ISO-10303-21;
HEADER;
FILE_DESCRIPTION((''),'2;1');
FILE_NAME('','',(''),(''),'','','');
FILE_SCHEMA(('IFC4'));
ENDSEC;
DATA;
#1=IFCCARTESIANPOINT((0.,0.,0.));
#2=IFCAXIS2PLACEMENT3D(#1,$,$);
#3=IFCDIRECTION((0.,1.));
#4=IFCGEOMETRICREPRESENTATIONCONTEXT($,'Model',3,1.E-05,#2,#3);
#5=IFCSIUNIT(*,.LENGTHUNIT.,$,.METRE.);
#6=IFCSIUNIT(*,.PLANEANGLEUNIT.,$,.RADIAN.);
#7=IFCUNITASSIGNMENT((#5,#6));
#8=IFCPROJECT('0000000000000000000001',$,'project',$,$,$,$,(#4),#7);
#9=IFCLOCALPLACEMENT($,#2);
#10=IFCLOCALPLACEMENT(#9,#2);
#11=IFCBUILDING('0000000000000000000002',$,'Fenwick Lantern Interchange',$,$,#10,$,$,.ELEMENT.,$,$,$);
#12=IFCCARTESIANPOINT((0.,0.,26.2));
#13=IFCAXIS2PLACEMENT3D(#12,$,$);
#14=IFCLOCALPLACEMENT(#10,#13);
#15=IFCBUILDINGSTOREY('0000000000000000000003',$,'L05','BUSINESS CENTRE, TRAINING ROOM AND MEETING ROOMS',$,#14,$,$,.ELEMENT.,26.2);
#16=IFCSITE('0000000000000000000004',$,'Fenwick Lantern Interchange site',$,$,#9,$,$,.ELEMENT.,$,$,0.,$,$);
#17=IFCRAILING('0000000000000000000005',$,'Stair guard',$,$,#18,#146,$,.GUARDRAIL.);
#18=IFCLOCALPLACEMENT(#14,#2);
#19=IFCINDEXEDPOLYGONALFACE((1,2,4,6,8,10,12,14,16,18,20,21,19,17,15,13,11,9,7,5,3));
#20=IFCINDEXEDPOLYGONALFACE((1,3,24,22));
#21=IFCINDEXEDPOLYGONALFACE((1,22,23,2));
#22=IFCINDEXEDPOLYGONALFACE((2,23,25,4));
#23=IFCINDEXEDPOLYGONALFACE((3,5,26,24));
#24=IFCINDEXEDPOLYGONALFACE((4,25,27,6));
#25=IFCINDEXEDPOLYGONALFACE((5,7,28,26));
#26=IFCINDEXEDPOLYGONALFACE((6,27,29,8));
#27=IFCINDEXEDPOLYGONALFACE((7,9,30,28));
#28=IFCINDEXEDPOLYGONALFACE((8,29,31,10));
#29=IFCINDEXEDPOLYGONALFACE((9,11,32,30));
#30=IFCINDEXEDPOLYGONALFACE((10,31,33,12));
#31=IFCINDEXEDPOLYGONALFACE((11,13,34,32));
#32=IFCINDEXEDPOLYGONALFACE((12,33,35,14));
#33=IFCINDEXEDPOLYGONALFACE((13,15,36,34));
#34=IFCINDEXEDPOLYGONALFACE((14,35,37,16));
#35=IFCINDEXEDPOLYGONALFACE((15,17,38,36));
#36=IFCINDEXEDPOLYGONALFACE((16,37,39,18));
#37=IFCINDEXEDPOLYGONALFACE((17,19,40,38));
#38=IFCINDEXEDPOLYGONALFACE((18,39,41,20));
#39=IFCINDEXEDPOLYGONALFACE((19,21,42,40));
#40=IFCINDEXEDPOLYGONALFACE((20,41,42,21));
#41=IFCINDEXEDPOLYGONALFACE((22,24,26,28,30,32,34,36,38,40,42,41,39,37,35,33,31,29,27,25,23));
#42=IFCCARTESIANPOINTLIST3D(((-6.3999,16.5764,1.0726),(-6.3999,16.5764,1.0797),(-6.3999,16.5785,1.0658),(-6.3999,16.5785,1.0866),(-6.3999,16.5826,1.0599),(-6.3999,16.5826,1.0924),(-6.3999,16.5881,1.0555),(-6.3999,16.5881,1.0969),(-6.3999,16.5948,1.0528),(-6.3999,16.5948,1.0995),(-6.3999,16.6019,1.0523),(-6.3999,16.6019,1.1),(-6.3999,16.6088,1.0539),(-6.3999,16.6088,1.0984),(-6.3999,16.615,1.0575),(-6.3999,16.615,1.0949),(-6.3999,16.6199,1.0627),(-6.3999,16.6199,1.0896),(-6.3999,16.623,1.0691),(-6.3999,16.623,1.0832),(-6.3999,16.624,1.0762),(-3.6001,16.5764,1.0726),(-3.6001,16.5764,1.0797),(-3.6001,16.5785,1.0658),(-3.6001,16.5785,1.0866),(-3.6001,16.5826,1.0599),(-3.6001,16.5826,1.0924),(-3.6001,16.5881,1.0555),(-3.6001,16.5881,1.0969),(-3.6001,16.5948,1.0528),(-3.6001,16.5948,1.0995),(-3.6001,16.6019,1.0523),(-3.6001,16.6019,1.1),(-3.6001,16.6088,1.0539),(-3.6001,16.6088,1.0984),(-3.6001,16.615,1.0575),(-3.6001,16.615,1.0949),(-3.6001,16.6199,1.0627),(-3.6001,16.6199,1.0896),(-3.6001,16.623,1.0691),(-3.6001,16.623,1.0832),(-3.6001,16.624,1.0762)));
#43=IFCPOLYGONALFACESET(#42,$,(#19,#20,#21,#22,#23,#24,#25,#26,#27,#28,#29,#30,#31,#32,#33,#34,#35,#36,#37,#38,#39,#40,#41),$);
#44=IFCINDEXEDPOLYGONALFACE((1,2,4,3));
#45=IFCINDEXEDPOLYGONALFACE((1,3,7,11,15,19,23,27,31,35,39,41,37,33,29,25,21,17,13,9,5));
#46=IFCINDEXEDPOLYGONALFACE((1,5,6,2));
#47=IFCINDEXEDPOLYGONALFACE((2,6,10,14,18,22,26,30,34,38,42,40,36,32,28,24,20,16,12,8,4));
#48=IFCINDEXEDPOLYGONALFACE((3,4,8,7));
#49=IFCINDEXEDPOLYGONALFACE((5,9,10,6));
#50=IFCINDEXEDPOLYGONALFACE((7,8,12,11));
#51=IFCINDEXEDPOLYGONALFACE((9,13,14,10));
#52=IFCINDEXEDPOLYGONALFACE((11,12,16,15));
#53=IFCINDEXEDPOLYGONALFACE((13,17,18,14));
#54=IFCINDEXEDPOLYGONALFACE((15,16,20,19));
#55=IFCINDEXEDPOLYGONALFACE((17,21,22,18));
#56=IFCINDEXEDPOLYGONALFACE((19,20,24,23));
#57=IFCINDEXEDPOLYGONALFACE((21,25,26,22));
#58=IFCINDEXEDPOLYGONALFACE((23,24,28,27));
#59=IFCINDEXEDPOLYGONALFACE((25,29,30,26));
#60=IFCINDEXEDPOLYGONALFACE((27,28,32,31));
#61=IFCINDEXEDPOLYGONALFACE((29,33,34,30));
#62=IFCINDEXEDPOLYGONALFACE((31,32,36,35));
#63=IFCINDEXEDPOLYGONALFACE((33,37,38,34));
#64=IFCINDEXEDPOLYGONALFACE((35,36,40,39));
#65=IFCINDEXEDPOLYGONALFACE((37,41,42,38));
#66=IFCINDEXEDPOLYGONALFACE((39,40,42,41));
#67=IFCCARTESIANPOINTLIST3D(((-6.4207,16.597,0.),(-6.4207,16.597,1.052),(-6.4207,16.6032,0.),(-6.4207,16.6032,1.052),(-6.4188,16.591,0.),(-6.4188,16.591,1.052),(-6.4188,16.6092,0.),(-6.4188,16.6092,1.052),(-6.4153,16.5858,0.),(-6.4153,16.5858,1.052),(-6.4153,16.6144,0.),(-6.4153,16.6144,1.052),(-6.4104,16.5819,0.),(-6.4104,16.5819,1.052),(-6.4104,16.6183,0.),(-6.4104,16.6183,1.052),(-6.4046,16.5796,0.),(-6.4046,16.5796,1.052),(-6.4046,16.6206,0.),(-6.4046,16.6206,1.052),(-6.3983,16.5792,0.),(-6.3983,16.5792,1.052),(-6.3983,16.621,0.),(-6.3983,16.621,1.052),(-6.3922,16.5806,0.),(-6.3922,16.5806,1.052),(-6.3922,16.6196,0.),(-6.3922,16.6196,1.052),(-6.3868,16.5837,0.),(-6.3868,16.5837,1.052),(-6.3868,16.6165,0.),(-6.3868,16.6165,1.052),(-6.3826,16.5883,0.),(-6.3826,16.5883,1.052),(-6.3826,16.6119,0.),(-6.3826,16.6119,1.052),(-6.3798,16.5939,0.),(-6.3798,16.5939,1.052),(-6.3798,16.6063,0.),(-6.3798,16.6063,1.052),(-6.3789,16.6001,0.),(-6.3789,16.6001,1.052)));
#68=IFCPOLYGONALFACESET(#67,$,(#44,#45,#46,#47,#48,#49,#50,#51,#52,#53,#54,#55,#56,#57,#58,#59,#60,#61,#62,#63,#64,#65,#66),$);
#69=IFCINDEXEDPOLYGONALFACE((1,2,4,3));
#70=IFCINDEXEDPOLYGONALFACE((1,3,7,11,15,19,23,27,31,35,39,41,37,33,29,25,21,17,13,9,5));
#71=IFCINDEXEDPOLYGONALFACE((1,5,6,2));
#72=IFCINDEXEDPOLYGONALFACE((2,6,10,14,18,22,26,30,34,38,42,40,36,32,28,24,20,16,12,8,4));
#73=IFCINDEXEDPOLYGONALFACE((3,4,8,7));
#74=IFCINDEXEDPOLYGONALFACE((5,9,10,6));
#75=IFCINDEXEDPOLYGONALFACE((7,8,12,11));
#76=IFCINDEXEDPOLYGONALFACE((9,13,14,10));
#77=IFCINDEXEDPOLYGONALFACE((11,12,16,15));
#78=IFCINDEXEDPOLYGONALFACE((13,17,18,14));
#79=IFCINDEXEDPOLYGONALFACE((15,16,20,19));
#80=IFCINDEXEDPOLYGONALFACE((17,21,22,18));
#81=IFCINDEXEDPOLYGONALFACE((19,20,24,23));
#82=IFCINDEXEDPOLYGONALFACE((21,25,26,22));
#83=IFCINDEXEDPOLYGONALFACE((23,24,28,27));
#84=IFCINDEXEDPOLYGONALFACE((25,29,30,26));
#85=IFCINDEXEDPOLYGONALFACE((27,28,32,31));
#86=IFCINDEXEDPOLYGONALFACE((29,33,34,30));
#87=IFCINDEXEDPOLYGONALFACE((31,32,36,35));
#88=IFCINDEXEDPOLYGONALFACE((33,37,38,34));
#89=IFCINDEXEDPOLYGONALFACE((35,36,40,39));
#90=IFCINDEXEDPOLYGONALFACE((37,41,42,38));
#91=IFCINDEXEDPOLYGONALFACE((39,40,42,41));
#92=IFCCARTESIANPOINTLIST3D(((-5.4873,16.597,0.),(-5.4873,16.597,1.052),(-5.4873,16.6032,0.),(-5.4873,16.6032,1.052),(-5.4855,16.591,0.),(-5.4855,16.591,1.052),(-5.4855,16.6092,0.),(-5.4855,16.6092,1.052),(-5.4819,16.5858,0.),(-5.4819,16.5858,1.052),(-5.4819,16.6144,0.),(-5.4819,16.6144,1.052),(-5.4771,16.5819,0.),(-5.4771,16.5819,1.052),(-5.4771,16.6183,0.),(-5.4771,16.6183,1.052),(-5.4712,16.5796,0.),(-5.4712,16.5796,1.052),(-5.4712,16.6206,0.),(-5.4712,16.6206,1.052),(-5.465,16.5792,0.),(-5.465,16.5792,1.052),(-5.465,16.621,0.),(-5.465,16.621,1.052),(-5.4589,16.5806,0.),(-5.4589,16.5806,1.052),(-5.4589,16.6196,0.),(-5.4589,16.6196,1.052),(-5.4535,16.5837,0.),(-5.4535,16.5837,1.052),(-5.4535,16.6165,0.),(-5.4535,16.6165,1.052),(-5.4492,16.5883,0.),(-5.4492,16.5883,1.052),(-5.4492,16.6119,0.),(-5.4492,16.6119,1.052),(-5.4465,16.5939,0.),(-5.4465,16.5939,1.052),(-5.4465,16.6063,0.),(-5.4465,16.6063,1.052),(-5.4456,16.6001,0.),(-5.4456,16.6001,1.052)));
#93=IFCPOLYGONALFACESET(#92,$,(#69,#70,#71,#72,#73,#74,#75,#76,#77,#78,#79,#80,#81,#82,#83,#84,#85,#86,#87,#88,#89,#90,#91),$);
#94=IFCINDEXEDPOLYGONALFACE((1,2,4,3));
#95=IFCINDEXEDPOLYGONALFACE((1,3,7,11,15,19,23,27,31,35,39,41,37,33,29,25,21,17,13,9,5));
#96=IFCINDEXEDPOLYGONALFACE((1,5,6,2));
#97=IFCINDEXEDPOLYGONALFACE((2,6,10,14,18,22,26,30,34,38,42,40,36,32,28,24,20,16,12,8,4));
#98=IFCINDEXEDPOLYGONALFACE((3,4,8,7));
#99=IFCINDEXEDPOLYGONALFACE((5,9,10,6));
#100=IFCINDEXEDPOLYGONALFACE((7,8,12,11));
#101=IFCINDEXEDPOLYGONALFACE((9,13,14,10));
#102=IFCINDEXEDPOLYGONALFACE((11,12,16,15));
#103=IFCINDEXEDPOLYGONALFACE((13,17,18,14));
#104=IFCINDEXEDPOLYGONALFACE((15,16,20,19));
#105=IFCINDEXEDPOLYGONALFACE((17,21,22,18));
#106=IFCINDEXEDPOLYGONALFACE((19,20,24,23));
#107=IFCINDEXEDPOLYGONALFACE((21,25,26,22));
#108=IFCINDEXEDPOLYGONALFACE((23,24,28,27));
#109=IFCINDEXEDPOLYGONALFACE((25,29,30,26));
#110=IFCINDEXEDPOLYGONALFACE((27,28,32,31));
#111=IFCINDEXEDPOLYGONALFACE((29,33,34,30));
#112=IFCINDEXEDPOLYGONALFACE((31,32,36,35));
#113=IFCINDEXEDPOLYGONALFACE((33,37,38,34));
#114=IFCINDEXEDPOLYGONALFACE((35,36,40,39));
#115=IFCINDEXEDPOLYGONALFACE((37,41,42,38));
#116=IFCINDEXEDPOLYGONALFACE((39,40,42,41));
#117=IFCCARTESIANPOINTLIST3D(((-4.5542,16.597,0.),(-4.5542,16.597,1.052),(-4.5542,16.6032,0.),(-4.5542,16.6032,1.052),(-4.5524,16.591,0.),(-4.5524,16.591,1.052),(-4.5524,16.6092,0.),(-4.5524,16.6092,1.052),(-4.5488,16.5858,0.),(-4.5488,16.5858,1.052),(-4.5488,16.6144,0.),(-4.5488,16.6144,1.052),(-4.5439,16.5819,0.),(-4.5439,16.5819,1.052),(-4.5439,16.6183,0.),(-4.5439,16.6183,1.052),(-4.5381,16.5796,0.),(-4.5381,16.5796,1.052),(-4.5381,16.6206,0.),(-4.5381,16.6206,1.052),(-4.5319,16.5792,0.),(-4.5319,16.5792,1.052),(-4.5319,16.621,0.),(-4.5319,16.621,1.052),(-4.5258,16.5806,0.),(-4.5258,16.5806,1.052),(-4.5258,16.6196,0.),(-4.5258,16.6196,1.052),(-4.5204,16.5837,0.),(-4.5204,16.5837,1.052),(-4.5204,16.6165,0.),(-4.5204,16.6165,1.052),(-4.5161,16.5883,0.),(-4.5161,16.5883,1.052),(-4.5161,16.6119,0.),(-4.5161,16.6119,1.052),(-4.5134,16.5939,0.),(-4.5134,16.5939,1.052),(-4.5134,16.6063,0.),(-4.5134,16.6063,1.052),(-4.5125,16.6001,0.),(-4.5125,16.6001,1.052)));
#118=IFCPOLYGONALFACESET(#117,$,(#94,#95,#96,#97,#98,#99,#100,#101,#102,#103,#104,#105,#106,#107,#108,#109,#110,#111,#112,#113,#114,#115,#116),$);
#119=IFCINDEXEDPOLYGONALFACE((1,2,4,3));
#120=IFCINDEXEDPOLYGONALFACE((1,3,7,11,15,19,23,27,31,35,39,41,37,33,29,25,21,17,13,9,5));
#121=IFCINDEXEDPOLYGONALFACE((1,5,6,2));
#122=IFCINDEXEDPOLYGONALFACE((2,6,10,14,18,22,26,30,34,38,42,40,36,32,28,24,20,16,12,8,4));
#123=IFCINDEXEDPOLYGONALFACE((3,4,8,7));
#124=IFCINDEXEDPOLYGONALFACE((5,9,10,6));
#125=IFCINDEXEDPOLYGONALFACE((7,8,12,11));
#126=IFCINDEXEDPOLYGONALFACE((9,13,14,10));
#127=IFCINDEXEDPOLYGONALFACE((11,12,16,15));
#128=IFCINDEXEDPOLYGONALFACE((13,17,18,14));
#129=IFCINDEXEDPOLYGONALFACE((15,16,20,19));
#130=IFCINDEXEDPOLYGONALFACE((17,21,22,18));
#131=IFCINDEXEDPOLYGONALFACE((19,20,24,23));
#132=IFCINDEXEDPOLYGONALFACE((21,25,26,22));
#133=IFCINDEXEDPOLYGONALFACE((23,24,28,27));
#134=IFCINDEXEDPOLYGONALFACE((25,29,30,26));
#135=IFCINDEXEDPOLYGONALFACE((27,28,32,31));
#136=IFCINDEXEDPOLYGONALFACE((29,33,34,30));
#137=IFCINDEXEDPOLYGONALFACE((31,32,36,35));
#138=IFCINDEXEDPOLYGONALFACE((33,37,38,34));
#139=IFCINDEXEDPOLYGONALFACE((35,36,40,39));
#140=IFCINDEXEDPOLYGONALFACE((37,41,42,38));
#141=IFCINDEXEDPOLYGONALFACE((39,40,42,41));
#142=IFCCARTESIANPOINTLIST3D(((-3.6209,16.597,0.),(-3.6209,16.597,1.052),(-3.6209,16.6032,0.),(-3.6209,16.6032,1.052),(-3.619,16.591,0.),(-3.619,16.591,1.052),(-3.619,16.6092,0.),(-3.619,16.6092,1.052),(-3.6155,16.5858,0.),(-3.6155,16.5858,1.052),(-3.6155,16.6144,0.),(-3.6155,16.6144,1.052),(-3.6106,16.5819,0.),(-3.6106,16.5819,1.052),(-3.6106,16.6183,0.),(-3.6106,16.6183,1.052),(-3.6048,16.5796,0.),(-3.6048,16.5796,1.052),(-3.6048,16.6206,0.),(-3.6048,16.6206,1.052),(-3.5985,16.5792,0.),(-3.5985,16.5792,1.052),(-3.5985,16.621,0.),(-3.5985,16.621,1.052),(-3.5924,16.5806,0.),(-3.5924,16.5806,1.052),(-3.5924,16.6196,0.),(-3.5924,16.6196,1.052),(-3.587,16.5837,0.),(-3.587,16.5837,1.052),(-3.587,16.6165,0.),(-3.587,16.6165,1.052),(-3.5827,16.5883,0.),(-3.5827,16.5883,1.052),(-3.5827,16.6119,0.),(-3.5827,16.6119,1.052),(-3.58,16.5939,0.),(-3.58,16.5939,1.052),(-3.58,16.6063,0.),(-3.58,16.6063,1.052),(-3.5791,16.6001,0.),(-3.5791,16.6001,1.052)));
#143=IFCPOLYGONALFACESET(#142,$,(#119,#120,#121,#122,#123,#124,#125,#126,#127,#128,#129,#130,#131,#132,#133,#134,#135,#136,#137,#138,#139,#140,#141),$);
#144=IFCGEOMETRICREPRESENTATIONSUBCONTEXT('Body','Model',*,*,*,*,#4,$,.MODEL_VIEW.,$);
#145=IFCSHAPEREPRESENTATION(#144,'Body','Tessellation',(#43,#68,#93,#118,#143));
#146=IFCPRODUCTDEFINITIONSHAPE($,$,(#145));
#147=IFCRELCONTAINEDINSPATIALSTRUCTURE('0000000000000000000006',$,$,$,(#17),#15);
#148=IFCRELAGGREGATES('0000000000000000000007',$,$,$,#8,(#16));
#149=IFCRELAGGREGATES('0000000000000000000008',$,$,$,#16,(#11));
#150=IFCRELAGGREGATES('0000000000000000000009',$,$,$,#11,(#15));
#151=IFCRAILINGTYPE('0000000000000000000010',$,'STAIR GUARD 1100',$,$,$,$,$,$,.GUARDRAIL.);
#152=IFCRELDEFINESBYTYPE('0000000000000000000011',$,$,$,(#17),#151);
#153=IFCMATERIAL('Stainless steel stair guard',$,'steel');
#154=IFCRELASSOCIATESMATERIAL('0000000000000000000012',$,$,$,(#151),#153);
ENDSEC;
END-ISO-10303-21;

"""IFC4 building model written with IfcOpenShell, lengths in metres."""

from ifc_helpers import new_model, si_unit, direction, frame, origin, origin_2d, place, context, subcontext, project, spatial, circle, extrude, material, type_object, element, save


model = new_model("IFC4")

# Units and contexts
model_context = context("Model", 3, precision=1e-05, world=origin(), true_north=direction((0.0, 1.0)))
body_context = subcontext(model_context, "Body", "Model", "MODEL_VIEW")
ifc_project = project(units=[si_unit("LENGTHUNIT", "METRE"), si_unit("PLANEANGLEUNIT", "RADIAN")], contexts=[model_context])

# Site, building, storey
site_placement = place(None, origin())
site = spatial("IfcSite", under=ifc_project, at=site_placement, Name="Fenwick Lantern Interchange site", CompositionType="ELEMENT", RefElevation=0.0)
building_placement = place(site_placement, origin())
building = spatial("IfcBuilding", under=site, at=building_placement, Name="Fenwick Lantern Interchange", CompositionType="ELEMENT")
storey_placement = place(building_placement, frame((0.0, 0.0, 26.2)))
storey = spatial("IfcBuildingStorey", under=building, at=storey_placement, Name="L05", Description="BUSINESS CENTRE, TRAINING ROOM AND MEETING ROOMS", CompositionType="ELEMENT", Elevation=26.2)

# Railing
ifc_material_1 = material(Name="Stainless steel stair guard", Category="steel")
railing_type = type_object("IfcRailingType", Name="STAIR GUARD 1100", PredefinedType="GUARDRAIL", material=ifc_material_1)
railing_placement = place(storey_placement, frame((-6.3999, 16.6001, 0.0)))
element("IfcRailing", 1, at=railing_placement, inside=storey, type_object=railing_type, Name="Stair guard", PredefinedType="GUARDRAIL", context=body_context, shape_type="SweptSolid", body=[
    extrude(circle(Radius=0.0239, at=origin_2d()), frame((0.0, 0.0, 1.0762), z_axis=(1.0, 0.0, 0.0), x_axis=(0.0, 1.0, 0.0)), (0.0, 0.0, 1.0), 2.7998),
    extrude(circle(Radius=0.021, at=origin_2d()), origin(), (0.0, 0.0, 1.0), 1.052),
    extrude(circle(Radius=0.021, at=origin_2d()), frame((0.9333, 0.0, 0.0)), (0.0, 0.0, 1.0), 1.052),
    extrude(circle(Radius=0.021, at=origin_2d()), frame((1.8665, 0.0, 0.0)), (0.0, 0.0, 1.0), 1.052),
    extrude(circle(Radius=0.021, at=origin_2d()), frame((2.7998, 0.0, 0.0)), (0.0, 0.0, 1.0), 1.052),
])

save(model, "model.ifc")
